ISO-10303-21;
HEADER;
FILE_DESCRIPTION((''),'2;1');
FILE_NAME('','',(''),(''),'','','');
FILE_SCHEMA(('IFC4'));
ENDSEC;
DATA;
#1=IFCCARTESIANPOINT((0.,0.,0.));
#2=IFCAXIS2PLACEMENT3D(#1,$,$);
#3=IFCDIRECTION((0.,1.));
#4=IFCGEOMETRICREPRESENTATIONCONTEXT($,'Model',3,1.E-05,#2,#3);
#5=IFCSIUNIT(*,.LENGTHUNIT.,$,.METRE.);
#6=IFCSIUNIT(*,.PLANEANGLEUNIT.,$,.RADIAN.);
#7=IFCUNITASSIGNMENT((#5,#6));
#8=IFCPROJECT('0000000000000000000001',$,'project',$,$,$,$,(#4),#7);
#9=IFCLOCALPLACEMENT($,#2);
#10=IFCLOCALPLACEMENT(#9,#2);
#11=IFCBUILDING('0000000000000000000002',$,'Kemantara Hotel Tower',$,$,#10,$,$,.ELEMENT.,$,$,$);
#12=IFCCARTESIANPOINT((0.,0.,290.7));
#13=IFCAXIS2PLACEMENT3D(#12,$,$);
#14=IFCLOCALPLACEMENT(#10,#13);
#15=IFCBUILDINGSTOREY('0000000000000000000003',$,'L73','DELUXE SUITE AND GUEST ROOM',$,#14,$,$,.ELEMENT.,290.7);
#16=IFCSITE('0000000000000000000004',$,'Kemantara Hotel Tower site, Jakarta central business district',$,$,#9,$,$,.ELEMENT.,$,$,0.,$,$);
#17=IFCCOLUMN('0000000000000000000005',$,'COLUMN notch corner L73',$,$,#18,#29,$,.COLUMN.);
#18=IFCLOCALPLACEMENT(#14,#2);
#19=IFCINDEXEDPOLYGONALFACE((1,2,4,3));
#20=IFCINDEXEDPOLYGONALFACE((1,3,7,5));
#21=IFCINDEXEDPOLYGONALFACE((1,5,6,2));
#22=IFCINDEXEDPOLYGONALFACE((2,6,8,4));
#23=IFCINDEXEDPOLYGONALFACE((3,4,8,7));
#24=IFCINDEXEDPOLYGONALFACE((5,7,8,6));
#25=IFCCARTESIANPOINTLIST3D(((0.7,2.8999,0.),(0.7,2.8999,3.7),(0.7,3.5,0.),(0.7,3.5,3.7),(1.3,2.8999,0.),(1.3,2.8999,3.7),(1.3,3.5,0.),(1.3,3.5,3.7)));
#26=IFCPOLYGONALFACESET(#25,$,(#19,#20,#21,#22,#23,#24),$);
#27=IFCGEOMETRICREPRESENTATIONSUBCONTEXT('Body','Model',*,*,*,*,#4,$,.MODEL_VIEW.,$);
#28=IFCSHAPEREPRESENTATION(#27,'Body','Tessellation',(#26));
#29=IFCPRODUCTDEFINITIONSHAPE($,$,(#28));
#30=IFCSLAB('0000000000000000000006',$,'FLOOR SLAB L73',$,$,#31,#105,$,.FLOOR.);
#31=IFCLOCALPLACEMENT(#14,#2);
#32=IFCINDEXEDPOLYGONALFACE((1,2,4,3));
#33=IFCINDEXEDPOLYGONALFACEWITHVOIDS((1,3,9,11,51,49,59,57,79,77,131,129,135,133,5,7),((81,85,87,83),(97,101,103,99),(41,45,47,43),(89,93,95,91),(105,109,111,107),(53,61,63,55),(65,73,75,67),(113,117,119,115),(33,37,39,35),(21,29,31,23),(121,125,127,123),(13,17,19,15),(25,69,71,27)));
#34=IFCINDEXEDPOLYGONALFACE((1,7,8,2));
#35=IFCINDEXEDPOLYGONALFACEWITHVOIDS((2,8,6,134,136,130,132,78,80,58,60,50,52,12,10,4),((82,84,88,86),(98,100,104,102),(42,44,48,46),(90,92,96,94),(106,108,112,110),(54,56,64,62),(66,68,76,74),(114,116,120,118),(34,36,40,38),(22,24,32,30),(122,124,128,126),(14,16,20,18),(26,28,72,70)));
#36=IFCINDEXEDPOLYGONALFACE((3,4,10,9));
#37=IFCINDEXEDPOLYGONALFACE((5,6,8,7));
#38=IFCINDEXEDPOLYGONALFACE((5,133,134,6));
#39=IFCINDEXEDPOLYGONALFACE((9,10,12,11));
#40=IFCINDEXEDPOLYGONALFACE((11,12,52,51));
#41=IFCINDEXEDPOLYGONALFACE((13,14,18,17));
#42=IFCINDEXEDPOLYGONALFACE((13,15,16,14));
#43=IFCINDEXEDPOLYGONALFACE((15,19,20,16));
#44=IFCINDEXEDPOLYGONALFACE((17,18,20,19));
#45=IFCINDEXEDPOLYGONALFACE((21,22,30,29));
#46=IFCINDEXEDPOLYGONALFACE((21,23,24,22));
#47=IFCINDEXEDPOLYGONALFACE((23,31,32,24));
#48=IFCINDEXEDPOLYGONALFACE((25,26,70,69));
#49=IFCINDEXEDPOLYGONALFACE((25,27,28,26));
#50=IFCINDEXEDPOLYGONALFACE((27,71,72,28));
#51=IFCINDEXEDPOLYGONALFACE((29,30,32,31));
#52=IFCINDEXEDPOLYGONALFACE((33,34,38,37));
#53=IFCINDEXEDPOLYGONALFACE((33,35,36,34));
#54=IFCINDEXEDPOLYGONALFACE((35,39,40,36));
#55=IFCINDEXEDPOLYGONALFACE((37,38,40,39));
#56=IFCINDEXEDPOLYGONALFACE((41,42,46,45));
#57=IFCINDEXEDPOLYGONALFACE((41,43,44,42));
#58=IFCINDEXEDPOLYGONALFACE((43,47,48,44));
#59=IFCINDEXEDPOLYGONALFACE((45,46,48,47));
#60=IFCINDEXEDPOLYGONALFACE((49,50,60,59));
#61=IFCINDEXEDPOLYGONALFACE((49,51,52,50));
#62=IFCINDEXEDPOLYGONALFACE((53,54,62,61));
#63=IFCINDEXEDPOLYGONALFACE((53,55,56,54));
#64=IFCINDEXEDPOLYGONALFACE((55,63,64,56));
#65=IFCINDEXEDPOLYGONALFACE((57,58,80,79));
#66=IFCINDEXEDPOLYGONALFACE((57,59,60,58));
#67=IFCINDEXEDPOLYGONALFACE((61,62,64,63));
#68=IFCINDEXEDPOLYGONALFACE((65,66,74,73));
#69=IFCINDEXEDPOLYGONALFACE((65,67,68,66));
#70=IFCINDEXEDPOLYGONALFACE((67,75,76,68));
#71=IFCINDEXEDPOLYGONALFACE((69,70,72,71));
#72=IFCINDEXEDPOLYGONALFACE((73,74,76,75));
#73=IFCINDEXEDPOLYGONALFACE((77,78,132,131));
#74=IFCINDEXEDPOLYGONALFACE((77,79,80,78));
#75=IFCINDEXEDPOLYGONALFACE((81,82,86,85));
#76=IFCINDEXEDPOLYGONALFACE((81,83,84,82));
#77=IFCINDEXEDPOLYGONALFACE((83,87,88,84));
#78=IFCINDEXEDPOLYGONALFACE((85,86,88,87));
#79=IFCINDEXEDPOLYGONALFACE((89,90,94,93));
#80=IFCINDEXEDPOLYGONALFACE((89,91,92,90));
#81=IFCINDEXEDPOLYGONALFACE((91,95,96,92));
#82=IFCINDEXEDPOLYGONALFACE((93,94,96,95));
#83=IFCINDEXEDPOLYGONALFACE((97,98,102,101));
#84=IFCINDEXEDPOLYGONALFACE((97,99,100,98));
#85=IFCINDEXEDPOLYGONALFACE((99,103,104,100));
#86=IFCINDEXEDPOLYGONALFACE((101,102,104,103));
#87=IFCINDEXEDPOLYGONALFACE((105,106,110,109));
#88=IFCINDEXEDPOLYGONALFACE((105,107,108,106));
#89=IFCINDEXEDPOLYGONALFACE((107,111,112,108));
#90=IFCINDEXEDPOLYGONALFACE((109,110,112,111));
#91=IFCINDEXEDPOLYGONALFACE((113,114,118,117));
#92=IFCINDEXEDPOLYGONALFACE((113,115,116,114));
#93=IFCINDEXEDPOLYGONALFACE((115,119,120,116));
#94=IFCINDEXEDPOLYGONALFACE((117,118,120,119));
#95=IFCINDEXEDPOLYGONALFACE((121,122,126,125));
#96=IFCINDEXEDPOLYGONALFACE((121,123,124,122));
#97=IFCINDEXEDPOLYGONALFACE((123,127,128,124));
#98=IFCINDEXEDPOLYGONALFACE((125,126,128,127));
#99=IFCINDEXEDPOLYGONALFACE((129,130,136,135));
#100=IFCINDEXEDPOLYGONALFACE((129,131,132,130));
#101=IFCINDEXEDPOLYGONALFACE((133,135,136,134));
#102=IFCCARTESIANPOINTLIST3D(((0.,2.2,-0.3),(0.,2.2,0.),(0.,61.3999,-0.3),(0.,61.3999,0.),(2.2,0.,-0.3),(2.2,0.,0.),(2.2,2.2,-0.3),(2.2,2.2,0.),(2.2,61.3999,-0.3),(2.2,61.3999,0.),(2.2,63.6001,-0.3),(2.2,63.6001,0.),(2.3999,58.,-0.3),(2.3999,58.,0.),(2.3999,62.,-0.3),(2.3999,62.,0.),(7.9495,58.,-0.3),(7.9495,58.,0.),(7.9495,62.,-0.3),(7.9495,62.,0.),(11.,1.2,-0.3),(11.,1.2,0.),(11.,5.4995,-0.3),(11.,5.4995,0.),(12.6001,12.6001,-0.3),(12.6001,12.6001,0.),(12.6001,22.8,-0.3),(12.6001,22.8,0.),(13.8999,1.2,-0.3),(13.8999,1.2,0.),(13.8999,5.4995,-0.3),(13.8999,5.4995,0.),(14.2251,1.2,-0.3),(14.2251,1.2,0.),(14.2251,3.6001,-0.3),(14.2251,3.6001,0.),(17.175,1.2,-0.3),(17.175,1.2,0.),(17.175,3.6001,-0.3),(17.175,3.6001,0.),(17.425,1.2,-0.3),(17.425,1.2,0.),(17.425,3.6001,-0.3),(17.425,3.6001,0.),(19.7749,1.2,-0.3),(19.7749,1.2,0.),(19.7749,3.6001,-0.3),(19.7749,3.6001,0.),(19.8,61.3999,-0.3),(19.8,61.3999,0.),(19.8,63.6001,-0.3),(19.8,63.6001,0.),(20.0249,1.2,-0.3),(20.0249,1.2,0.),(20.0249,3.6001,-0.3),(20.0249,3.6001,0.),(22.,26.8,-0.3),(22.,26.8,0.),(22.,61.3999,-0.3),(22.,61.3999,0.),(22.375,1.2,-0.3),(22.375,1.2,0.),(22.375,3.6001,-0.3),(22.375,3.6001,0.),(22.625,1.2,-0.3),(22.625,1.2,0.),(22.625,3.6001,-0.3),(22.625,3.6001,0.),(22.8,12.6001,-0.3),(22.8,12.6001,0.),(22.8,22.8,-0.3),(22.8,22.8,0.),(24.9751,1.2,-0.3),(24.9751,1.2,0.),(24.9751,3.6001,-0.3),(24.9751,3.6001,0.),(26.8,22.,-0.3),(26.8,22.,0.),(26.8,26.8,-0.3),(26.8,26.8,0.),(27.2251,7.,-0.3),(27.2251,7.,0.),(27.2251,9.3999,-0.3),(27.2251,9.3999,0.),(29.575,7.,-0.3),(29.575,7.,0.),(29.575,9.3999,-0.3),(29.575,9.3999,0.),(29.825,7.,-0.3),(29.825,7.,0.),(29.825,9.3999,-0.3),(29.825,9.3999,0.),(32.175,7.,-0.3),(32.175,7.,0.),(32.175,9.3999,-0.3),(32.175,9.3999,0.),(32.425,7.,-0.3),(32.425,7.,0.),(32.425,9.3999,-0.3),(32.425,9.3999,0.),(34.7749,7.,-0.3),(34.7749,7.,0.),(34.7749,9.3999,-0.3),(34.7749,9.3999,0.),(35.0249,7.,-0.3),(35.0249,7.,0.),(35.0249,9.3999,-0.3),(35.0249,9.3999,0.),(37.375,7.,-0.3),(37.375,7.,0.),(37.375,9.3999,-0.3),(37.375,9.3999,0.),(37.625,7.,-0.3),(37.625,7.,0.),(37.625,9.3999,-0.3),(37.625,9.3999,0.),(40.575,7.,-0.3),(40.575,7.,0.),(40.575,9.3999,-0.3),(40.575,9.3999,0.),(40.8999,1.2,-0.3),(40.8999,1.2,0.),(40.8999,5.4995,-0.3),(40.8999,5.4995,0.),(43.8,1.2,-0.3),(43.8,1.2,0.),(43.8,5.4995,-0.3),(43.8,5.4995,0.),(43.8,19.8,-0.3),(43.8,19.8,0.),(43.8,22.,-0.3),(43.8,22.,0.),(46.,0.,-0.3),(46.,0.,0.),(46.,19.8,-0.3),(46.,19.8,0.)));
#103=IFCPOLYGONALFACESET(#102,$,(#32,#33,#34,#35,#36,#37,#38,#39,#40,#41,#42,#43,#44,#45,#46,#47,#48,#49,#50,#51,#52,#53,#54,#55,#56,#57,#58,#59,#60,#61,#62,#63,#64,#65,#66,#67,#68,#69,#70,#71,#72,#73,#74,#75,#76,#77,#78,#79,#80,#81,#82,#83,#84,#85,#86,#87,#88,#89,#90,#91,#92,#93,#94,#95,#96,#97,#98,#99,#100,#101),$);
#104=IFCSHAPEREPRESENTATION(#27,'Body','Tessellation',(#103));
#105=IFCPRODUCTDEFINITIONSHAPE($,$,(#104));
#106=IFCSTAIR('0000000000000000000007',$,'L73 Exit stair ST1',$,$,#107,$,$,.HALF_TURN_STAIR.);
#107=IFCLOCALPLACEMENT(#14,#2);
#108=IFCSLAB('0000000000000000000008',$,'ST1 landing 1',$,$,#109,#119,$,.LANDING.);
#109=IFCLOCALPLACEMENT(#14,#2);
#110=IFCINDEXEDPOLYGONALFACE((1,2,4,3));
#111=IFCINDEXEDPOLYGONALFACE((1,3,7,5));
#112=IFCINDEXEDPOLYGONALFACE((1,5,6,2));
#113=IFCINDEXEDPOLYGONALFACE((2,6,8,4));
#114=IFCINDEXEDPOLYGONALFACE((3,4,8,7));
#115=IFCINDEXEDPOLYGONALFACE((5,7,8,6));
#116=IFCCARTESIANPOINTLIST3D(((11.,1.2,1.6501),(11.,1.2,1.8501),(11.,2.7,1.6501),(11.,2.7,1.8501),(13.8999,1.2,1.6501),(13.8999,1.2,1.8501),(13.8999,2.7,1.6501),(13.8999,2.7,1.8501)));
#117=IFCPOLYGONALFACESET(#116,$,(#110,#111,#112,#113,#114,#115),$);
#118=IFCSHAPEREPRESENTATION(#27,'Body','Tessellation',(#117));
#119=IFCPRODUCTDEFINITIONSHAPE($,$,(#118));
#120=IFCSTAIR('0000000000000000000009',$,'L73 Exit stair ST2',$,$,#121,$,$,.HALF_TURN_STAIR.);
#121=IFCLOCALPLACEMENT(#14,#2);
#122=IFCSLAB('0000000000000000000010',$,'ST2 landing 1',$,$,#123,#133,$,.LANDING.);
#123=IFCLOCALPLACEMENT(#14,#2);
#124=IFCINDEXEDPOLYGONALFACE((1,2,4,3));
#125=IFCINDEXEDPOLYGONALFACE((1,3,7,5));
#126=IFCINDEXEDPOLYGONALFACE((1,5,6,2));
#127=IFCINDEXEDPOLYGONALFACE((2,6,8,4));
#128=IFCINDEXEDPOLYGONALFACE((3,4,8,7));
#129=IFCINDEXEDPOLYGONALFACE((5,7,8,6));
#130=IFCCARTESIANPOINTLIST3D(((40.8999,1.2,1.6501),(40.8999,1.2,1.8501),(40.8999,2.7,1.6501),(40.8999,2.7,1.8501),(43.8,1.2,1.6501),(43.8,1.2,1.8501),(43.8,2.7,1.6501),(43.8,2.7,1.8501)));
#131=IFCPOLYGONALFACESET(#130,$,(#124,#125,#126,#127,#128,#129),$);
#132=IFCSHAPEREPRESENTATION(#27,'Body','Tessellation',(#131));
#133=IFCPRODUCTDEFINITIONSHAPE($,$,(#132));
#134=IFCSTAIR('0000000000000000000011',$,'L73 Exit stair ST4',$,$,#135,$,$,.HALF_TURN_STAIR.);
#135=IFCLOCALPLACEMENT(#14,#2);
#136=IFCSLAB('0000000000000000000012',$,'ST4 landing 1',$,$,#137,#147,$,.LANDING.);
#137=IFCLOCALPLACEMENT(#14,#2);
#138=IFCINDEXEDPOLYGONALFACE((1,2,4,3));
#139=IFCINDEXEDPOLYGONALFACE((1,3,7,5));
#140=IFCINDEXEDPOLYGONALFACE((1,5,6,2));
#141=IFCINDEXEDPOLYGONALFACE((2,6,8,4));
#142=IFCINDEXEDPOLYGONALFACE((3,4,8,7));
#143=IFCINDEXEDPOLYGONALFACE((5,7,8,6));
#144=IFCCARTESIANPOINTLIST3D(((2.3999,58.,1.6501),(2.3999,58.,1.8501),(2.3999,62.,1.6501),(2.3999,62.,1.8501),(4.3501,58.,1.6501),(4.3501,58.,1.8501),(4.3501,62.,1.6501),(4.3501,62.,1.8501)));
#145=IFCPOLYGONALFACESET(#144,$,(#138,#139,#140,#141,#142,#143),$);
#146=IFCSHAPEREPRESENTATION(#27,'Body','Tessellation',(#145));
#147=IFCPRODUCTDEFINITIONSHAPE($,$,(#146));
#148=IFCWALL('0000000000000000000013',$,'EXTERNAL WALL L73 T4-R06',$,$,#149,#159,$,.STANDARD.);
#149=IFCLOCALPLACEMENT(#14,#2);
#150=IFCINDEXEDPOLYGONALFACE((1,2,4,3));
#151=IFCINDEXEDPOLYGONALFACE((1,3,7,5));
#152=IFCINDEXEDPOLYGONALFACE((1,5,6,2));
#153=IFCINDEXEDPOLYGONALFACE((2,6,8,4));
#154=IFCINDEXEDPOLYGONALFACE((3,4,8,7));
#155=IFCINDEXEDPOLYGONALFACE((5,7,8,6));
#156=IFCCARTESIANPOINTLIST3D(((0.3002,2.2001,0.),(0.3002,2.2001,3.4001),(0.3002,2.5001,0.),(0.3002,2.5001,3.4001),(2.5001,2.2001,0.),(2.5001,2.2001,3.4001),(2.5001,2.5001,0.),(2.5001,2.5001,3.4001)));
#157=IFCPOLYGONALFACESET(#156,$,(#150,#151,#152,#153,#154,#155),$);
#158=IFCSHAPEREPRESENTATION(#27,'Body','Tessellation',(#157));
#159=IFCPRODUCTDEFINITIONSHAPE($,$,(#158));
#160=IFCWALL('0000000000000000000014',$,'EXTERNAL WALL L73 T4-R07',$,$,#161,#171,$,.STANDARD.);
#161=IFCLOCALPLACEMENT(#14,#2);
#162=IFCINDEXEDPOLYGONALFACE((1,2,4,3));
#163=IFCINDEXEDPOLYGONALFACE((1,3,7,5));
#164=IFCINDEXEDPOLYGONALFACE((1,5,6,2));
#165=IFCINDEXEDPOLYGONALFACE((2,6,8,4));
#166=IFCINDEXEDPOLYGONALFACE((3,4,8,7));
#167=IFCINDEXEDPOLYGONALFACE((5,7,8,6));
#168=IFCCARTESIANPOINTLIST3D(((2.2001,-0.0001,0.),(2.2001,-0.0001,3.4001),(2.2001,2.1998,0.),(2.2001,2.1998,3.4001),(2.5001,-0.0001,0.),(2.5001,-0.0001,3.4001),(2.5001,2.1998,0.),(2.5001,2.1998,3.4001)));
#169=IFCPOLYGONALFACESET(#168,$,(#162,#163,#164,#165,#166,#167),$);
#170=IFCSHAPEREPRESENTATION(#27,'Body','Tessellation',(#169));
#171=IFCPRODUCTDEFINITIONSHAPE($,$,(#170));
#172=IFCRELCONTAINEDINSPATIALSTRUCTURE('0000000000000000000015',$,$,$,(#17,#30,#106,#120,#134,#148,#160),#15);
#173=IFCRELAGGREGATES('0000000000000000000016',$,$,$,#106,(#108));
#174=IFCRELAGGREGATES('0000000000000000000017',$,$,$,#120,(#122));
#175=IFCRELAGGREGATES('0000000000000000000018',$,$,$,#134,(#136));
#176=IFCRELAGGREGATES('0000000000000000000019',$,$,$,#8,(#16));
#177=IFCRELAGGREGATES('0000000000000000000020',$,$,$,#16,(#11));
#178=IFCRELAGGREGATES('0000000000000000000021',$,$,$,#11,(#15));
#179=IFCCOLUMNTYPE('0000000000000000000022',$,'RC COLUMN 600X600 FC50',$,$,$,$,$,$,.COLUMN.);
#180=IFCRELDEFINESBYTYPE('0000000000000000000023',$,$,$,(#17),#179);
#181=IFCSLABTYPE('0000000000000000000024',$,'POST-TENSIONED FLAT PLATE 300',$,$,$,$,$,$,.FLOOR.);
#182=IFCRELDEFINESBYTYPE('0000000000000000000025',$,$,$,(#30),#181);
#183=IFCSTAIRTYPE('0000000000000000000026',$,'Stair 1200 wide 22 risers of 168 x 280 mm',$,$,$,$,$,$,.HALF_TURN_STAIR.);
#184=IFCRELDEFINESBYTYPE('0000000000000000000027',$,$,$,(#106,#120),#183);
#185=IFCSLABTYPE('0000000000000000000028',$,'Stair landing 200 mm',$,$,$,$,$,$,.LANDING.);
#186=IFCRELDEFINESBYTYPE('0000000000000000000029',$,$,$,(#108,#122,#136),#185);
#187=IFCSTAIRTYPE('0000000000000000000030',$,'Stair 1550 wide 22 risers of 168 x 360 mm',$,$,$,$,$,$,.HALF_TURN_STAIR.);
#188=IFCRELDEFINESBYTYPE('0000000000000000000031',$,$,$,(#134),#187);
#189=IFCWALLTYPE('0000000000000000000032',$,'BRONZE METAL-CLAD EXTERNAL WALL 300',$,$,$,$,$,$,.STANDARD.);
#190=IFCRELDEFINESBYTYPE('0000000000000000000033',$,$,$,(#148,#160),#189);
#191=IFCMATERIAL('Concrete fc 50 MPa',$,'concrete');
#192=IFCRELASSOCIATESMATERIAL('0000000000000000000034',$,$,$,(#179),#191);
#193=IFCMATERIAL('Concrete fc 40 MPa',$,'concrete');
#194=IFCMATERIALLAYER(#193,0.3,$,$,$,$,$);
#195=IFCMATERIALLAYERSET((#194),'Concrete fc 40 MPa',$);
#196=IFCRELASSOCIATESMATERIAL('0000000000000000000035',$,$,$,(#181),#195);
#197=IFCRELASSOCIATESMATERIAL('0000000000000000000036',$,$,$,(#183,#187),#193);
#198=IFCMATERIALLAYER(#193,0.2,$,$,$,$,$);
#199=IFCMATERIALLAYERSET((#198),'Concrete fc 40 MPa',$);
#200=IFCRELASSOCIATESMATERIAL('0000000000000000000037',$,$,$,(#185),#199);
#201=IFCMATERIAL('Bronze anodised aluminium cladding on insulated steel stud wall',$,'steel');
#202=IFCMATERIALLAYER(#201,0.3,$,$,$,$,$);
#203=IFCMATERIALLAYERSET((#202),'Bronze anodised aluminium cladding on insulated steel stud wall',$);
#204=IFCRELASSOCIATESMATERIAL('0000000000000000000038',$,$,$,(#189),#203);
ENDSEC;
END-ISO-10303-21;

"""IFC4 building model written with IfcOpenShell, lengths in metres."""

from ifc_helpers import new_model, si_unit, direction, frame, frame_2d, origin, origin_2d, place, context, subcontext, project, spatial, polyline, rectangle, outline, extrude, material, layer, layer_set, material_profile, profile_set, type_object, element, aggregate, save


model = new_model("IFC4")

# Units and contexts
model_context = context("Model", 3, precision=1e-05, world=origin(), true_north=direction((0.0, 1.0)))
body_context = subcontext(model_context, "Body", "Model", "MODEL_VIEW")
ifc_project = project(units=[si_unit("LENGTHUNIT", "METRE"), si_unit("PLANEANGLEUNIT", "RADIAN")], contexts=[model_context])

# Site, building, storey
site_placement = place(None, origin())
site = spatial("IfcSite", under=ifc_project, at=site_placement, Name="Kemantara Hotel Tower site, Jakarta central business district", CompositionType="ELEMENT", RefElevation=0.0)
building_placement = place(site_placement, origin())
building = spatial("IfcBuilding", under=site, at=building_placement, Name="Kemantara Hotel Tower", CompositionType="ELEMENT")
storey_placement = place(building_placement, frame((0.0, 0.0, 290.7)))
storey = spatial("IfcBuildingStorey", under=building, at=storey_placement, Name="L73", Description="DELUXE SUITE AND GUEST ROOM", CompositionType="ELEMENT", Elevation=290.7)

# Column
ifc_material_1 = material(Name="Concrete fc 50 MPa", Category="concrete")
ifc_material_profile = material_profile(ifc_material_1, rectangle(XDim=0.6001, YDim=0.6001, at=origin_2d()), Name="RC 600X600")
ifc_profile_set = profile_set([ifc_material_profile], Name="Concrete fc 50 MPa")
column_type = type_object("IfcColumnType", Name="RC COLUMN 600X600 FC50", PredefinedType="COLUMN", material=ifc_profile_set)
column_placement = place(storey_placement, frame((1.0, 3.2, 0.0), z_axis=(0.0, 0.0, 1.0), x_axis=(1.0, 0.0, 0.0)))
element("IfcColumn", 1, at=column_placement, inside=storey, type_object=column_type, Name="COLUMN notch corner L73", PredefinedType="COLUMN", context=body_context, shape_type="SweptSolid", body=[
    extrude(rectangle(XDim=0.6001, YDim=0.6001, at=origin_2d()), origin(), (0.0, 0.0, 1.0), 3.7),
])

# Slab
ifc_material_2 = material(Name="Concrete fc 40 MPa", Category="concrete")
ifc_layer_1 = layer(ifc_material_2, 0.3)
ifc_layer_set_1 = layer_set([ifc_layer_1], Name="Concrete fc 40 MPa")
slab_type_1 = type_object("IfcSlabType", Name="POST-TENSIONED FLAT PLATE 300", PredefinedType="FLOOR", material=ifc_layer_set_1)
slab_1_placement = place(storey_placement, frame((0.0, 0.0, -0.3)))
element("IfcSlab", 2, at=slab_1_placement, inside=storey, type_object=slab_type_1, Name="FLOOR SLAB L73", PredefinedType="FLOOR", context=body_context, shape_type="SweptSolid", body=[
    extrude(outline(polyline([(22.0, 26.8), (22.0, 61.3999), (19.8, 61.3999), (19.8, 63.6001), (2.2, 63.6001), (2.2, 61.3999), (0.0, 61.3999), (0.0, 2.2), (2.2, 2.2), (2.2, 0.0), (46.0, 0.0), (46.0, 19.8), (43.8, 19.8), (43.8, 22.0), (26.8, 22.0), (26.8, 26.8), (22.0, 26.8)]), holes=[polyline([(17.175, 3.6001), (17.175, 1.2), (14.2251, 1.2), (14.2251, 3.6001), (17.175, 3.6001)]), polyline([(19.7749, 1.2), (17.425, 1.2), (17.425, 3.6001), (19.7749, 3.6001), (19.7749, 1.2)]), polyline([(22.375, 1.2), (20.0249, 1.2), (20.0249, 3.6001), (22.375, 3.6001), (22.375, 1.2)]), polyline([(24.9751, 3.6001), (24.9751, 1.2), (22.625, 1.2), (22.625, 3.6001), (24.9751, 3.6001)]), polyline([(11.0, 1.2), (11.0, 5.4995), (13.8999, 5.4995), (13.8999, 1.2), (11.0, 1.2)]), polyline([(22.8, 12.6001), (12.6001, 12.6001), (12.6001, 22.8), (22.8, 22.8), (22.8, 12.6001)]), polyline([(2.3999, 58.0), (2.3999, 62.0), (7.9495, 62.0), (7.9495, 58.0), (2.3999, 58.0)]), polyline([(40.8999, 1.2), (40.8999, 5.4995), (43.8, 5.4995), (43.8, 1.2), (40.8999, 1.2)]), polyline([(29.575, 7.0), (27.2251, 7.0), (27.2251, 9.3999), (29.575, 9.3999), (29.575, 7.0)]), polyline([(32.175, 7.0), (29.825, 7.0), (29.825, 9.3999), (32.175, 9.3999), (32.175, 7.0)]), polyline([(34.7749, 7.0), (32.425, 7.0), (32.425, 9.3999), (34.7749, 9.3999), (34.7749, 7.0)]), polyline([(37.375, 7.0), (35.0249, 7.0), (35.0249, 9.3999), (37.375, 9.3999), (37.375, 7.0)]), polyline([(40.575, 7.0), (37.625, 7.0), (37.625, 9.3999), (40.575, 9.3999), (40.575, 7.0)])]), origin(), (0.0, 0.0, 1.0), 0.3),
])

# Stairs, slabs
stair_type_1 = type_object("IfcStairType", Name="Stair 1200 wide 22 risers of 168 x 280 mm", PredefinedType="HALF_TURN_STAIR", material=ifc_material_2)
stair_1_placement = place(storey_placement, origin())
stair_1 = element("IfcStair", 3, at=stair_1_placement, inside=storey, type_object=stair_type_1, Name="L73 Exit stair ST1", PredefinedType="HALF_TURN_STAIR")
ifc_layer_2 = layer(ifc_material_2, 0.2)
ifc_layer_set_2 = layer_set([ifc_layer_2], Name="Concrete fc 40 MPa")
slab_type_2 = type_object("IfcSlabType", Name="Stair landing 200 mm", PredefinedType="LANDING", material=ifc_layer_set_2)
slab_2_placement = place(storey_placement, frame((0.0, 0.0, 1.6501)))
slab_2 = element("IfcSlab", 4, at=slab_2_placement, type_object=slab_type_2, Name="ST1 landing 1", PredefinedType="LANDING", context=body_context, shape_type="SweptSolid", body=[
    extrude(outline(polyline([(11.0, 2.7), (11.0, 1.2), (13.8999, 1.2), (13.8999, 2.7), (11.0, 2.7)])), origin(), (0.0, 0.0, 1.0), 0.2),
])
aggregate(stair_1, [slab_2])
stair_2_placement = place(storey_placement, origin())
stair_2 = element("IfcStair", 5, at=stair_2_placement, inside=storey, type_object=stair_type_1, Name="L73 Exit stair ST2", PredefinedType="HALF_TURN_STAIR")
slab_3_placement = place(storey_placement, frame((0.0, 0.0, 1.6501)))
slab_3 = element("IfcSlab", 6, at=slab_3_placement, type_object=slab_type_2, Name="ST2 landing 1", PredefinedType="LANDING", context=body_context, shape_type="SweptSolid", body=[
    extrude(outline(polyline([(40.8999, 2.7), (40.8999, 1.2), (43.8, 1.2), (43.8, 2.7), (40.8999, 2.7)])), origin(), (0.0, 0.0, 1.0), 0.2),
])
aggregate(stair_2, [slab_3])
stair_type_2 = type_object("IfcStairType", Name="Stair 1550 wide 22 risers of 168 x 360 mm", PredefinedType="HALF_TURN_STAIR", material=ifc_material_2)
stair_3_placement = place(storey_placement, origin())
stair_3 = element("IfcStair", 7, at=stair_3_placement, inside=storey, type_object=stair_type_2, Name="L73 Exit stair ST4", PredefinedType="HALF_TURN_STAIR")
slab_4_placement = place(storey_placement, frame((0.0, 0.0, 1.6501)))
slab_4 = element("IfcSlab", 8, at=slab_4_placement, type_object=slab_type_2, Name="ST4 landing 1", PredefinedType="LANDING", context=body_context, shape_type="SweptSolid", body=[
    extrude(outline(polyline([(4.3501, 62.0), (2.3999, 62.0), (2.3999, 58.0), (4.3501, 58.0), (4.3501, 62.0)])), origin(), (0.0, 0.0, 1.0), 0.2),
])
aggregate(stair_3, [slab_4])

# Walls
ifc_material_3 = material(Name="Bronze anodised aluminium cladding on insulated steel stud wall", Category="steel")
ifc_layer_3 = layer(ifc_material_3, 0.3)
ifc_layer_set_3 = layer_set([ifc_layer_3], Name="Bronze anodised aluminium cladding on insulated steel stud wall")
wall_type_1 = type_object("IfcWallType", Name="BRONZE METAL-CLAD EXTERNAL WALL 300", PredefinedType="STANDARD", material=ifc_layer_set_3)
for number, where, z_axis, x_axis, name in (
    (9, (0.3, 2.3501, 0.0), (0.0, 0.0, 1.0), (1.0, 0.0, 0.0), "EXTERNAL WALL L73 T4-R06"),
    (10, (2.3501, 2.2, 0.0), (0.0, 0.0, 1.0), (0.0, -1.0, 0.0), "EXTERNAL WALL L73 T4-R07"),
):
    element("IfcWall", number, at=place(storey_placement, frame(where, z_axis=z_axis, x_axis=x_axis)), inside=storey, type_object=wall_type_1, Name=name, PredefinedType="STANDARD", context=body_context, shape_type="SweptSolid", body=[
        extrude(rectangle(XDim=2.2, YDim=0.3, at=frame_2d((1.1001, 0.0))), origin(), (0.0, 0.0, 1.0), 3.4001),
    ])

save(model, "model.ifc")
